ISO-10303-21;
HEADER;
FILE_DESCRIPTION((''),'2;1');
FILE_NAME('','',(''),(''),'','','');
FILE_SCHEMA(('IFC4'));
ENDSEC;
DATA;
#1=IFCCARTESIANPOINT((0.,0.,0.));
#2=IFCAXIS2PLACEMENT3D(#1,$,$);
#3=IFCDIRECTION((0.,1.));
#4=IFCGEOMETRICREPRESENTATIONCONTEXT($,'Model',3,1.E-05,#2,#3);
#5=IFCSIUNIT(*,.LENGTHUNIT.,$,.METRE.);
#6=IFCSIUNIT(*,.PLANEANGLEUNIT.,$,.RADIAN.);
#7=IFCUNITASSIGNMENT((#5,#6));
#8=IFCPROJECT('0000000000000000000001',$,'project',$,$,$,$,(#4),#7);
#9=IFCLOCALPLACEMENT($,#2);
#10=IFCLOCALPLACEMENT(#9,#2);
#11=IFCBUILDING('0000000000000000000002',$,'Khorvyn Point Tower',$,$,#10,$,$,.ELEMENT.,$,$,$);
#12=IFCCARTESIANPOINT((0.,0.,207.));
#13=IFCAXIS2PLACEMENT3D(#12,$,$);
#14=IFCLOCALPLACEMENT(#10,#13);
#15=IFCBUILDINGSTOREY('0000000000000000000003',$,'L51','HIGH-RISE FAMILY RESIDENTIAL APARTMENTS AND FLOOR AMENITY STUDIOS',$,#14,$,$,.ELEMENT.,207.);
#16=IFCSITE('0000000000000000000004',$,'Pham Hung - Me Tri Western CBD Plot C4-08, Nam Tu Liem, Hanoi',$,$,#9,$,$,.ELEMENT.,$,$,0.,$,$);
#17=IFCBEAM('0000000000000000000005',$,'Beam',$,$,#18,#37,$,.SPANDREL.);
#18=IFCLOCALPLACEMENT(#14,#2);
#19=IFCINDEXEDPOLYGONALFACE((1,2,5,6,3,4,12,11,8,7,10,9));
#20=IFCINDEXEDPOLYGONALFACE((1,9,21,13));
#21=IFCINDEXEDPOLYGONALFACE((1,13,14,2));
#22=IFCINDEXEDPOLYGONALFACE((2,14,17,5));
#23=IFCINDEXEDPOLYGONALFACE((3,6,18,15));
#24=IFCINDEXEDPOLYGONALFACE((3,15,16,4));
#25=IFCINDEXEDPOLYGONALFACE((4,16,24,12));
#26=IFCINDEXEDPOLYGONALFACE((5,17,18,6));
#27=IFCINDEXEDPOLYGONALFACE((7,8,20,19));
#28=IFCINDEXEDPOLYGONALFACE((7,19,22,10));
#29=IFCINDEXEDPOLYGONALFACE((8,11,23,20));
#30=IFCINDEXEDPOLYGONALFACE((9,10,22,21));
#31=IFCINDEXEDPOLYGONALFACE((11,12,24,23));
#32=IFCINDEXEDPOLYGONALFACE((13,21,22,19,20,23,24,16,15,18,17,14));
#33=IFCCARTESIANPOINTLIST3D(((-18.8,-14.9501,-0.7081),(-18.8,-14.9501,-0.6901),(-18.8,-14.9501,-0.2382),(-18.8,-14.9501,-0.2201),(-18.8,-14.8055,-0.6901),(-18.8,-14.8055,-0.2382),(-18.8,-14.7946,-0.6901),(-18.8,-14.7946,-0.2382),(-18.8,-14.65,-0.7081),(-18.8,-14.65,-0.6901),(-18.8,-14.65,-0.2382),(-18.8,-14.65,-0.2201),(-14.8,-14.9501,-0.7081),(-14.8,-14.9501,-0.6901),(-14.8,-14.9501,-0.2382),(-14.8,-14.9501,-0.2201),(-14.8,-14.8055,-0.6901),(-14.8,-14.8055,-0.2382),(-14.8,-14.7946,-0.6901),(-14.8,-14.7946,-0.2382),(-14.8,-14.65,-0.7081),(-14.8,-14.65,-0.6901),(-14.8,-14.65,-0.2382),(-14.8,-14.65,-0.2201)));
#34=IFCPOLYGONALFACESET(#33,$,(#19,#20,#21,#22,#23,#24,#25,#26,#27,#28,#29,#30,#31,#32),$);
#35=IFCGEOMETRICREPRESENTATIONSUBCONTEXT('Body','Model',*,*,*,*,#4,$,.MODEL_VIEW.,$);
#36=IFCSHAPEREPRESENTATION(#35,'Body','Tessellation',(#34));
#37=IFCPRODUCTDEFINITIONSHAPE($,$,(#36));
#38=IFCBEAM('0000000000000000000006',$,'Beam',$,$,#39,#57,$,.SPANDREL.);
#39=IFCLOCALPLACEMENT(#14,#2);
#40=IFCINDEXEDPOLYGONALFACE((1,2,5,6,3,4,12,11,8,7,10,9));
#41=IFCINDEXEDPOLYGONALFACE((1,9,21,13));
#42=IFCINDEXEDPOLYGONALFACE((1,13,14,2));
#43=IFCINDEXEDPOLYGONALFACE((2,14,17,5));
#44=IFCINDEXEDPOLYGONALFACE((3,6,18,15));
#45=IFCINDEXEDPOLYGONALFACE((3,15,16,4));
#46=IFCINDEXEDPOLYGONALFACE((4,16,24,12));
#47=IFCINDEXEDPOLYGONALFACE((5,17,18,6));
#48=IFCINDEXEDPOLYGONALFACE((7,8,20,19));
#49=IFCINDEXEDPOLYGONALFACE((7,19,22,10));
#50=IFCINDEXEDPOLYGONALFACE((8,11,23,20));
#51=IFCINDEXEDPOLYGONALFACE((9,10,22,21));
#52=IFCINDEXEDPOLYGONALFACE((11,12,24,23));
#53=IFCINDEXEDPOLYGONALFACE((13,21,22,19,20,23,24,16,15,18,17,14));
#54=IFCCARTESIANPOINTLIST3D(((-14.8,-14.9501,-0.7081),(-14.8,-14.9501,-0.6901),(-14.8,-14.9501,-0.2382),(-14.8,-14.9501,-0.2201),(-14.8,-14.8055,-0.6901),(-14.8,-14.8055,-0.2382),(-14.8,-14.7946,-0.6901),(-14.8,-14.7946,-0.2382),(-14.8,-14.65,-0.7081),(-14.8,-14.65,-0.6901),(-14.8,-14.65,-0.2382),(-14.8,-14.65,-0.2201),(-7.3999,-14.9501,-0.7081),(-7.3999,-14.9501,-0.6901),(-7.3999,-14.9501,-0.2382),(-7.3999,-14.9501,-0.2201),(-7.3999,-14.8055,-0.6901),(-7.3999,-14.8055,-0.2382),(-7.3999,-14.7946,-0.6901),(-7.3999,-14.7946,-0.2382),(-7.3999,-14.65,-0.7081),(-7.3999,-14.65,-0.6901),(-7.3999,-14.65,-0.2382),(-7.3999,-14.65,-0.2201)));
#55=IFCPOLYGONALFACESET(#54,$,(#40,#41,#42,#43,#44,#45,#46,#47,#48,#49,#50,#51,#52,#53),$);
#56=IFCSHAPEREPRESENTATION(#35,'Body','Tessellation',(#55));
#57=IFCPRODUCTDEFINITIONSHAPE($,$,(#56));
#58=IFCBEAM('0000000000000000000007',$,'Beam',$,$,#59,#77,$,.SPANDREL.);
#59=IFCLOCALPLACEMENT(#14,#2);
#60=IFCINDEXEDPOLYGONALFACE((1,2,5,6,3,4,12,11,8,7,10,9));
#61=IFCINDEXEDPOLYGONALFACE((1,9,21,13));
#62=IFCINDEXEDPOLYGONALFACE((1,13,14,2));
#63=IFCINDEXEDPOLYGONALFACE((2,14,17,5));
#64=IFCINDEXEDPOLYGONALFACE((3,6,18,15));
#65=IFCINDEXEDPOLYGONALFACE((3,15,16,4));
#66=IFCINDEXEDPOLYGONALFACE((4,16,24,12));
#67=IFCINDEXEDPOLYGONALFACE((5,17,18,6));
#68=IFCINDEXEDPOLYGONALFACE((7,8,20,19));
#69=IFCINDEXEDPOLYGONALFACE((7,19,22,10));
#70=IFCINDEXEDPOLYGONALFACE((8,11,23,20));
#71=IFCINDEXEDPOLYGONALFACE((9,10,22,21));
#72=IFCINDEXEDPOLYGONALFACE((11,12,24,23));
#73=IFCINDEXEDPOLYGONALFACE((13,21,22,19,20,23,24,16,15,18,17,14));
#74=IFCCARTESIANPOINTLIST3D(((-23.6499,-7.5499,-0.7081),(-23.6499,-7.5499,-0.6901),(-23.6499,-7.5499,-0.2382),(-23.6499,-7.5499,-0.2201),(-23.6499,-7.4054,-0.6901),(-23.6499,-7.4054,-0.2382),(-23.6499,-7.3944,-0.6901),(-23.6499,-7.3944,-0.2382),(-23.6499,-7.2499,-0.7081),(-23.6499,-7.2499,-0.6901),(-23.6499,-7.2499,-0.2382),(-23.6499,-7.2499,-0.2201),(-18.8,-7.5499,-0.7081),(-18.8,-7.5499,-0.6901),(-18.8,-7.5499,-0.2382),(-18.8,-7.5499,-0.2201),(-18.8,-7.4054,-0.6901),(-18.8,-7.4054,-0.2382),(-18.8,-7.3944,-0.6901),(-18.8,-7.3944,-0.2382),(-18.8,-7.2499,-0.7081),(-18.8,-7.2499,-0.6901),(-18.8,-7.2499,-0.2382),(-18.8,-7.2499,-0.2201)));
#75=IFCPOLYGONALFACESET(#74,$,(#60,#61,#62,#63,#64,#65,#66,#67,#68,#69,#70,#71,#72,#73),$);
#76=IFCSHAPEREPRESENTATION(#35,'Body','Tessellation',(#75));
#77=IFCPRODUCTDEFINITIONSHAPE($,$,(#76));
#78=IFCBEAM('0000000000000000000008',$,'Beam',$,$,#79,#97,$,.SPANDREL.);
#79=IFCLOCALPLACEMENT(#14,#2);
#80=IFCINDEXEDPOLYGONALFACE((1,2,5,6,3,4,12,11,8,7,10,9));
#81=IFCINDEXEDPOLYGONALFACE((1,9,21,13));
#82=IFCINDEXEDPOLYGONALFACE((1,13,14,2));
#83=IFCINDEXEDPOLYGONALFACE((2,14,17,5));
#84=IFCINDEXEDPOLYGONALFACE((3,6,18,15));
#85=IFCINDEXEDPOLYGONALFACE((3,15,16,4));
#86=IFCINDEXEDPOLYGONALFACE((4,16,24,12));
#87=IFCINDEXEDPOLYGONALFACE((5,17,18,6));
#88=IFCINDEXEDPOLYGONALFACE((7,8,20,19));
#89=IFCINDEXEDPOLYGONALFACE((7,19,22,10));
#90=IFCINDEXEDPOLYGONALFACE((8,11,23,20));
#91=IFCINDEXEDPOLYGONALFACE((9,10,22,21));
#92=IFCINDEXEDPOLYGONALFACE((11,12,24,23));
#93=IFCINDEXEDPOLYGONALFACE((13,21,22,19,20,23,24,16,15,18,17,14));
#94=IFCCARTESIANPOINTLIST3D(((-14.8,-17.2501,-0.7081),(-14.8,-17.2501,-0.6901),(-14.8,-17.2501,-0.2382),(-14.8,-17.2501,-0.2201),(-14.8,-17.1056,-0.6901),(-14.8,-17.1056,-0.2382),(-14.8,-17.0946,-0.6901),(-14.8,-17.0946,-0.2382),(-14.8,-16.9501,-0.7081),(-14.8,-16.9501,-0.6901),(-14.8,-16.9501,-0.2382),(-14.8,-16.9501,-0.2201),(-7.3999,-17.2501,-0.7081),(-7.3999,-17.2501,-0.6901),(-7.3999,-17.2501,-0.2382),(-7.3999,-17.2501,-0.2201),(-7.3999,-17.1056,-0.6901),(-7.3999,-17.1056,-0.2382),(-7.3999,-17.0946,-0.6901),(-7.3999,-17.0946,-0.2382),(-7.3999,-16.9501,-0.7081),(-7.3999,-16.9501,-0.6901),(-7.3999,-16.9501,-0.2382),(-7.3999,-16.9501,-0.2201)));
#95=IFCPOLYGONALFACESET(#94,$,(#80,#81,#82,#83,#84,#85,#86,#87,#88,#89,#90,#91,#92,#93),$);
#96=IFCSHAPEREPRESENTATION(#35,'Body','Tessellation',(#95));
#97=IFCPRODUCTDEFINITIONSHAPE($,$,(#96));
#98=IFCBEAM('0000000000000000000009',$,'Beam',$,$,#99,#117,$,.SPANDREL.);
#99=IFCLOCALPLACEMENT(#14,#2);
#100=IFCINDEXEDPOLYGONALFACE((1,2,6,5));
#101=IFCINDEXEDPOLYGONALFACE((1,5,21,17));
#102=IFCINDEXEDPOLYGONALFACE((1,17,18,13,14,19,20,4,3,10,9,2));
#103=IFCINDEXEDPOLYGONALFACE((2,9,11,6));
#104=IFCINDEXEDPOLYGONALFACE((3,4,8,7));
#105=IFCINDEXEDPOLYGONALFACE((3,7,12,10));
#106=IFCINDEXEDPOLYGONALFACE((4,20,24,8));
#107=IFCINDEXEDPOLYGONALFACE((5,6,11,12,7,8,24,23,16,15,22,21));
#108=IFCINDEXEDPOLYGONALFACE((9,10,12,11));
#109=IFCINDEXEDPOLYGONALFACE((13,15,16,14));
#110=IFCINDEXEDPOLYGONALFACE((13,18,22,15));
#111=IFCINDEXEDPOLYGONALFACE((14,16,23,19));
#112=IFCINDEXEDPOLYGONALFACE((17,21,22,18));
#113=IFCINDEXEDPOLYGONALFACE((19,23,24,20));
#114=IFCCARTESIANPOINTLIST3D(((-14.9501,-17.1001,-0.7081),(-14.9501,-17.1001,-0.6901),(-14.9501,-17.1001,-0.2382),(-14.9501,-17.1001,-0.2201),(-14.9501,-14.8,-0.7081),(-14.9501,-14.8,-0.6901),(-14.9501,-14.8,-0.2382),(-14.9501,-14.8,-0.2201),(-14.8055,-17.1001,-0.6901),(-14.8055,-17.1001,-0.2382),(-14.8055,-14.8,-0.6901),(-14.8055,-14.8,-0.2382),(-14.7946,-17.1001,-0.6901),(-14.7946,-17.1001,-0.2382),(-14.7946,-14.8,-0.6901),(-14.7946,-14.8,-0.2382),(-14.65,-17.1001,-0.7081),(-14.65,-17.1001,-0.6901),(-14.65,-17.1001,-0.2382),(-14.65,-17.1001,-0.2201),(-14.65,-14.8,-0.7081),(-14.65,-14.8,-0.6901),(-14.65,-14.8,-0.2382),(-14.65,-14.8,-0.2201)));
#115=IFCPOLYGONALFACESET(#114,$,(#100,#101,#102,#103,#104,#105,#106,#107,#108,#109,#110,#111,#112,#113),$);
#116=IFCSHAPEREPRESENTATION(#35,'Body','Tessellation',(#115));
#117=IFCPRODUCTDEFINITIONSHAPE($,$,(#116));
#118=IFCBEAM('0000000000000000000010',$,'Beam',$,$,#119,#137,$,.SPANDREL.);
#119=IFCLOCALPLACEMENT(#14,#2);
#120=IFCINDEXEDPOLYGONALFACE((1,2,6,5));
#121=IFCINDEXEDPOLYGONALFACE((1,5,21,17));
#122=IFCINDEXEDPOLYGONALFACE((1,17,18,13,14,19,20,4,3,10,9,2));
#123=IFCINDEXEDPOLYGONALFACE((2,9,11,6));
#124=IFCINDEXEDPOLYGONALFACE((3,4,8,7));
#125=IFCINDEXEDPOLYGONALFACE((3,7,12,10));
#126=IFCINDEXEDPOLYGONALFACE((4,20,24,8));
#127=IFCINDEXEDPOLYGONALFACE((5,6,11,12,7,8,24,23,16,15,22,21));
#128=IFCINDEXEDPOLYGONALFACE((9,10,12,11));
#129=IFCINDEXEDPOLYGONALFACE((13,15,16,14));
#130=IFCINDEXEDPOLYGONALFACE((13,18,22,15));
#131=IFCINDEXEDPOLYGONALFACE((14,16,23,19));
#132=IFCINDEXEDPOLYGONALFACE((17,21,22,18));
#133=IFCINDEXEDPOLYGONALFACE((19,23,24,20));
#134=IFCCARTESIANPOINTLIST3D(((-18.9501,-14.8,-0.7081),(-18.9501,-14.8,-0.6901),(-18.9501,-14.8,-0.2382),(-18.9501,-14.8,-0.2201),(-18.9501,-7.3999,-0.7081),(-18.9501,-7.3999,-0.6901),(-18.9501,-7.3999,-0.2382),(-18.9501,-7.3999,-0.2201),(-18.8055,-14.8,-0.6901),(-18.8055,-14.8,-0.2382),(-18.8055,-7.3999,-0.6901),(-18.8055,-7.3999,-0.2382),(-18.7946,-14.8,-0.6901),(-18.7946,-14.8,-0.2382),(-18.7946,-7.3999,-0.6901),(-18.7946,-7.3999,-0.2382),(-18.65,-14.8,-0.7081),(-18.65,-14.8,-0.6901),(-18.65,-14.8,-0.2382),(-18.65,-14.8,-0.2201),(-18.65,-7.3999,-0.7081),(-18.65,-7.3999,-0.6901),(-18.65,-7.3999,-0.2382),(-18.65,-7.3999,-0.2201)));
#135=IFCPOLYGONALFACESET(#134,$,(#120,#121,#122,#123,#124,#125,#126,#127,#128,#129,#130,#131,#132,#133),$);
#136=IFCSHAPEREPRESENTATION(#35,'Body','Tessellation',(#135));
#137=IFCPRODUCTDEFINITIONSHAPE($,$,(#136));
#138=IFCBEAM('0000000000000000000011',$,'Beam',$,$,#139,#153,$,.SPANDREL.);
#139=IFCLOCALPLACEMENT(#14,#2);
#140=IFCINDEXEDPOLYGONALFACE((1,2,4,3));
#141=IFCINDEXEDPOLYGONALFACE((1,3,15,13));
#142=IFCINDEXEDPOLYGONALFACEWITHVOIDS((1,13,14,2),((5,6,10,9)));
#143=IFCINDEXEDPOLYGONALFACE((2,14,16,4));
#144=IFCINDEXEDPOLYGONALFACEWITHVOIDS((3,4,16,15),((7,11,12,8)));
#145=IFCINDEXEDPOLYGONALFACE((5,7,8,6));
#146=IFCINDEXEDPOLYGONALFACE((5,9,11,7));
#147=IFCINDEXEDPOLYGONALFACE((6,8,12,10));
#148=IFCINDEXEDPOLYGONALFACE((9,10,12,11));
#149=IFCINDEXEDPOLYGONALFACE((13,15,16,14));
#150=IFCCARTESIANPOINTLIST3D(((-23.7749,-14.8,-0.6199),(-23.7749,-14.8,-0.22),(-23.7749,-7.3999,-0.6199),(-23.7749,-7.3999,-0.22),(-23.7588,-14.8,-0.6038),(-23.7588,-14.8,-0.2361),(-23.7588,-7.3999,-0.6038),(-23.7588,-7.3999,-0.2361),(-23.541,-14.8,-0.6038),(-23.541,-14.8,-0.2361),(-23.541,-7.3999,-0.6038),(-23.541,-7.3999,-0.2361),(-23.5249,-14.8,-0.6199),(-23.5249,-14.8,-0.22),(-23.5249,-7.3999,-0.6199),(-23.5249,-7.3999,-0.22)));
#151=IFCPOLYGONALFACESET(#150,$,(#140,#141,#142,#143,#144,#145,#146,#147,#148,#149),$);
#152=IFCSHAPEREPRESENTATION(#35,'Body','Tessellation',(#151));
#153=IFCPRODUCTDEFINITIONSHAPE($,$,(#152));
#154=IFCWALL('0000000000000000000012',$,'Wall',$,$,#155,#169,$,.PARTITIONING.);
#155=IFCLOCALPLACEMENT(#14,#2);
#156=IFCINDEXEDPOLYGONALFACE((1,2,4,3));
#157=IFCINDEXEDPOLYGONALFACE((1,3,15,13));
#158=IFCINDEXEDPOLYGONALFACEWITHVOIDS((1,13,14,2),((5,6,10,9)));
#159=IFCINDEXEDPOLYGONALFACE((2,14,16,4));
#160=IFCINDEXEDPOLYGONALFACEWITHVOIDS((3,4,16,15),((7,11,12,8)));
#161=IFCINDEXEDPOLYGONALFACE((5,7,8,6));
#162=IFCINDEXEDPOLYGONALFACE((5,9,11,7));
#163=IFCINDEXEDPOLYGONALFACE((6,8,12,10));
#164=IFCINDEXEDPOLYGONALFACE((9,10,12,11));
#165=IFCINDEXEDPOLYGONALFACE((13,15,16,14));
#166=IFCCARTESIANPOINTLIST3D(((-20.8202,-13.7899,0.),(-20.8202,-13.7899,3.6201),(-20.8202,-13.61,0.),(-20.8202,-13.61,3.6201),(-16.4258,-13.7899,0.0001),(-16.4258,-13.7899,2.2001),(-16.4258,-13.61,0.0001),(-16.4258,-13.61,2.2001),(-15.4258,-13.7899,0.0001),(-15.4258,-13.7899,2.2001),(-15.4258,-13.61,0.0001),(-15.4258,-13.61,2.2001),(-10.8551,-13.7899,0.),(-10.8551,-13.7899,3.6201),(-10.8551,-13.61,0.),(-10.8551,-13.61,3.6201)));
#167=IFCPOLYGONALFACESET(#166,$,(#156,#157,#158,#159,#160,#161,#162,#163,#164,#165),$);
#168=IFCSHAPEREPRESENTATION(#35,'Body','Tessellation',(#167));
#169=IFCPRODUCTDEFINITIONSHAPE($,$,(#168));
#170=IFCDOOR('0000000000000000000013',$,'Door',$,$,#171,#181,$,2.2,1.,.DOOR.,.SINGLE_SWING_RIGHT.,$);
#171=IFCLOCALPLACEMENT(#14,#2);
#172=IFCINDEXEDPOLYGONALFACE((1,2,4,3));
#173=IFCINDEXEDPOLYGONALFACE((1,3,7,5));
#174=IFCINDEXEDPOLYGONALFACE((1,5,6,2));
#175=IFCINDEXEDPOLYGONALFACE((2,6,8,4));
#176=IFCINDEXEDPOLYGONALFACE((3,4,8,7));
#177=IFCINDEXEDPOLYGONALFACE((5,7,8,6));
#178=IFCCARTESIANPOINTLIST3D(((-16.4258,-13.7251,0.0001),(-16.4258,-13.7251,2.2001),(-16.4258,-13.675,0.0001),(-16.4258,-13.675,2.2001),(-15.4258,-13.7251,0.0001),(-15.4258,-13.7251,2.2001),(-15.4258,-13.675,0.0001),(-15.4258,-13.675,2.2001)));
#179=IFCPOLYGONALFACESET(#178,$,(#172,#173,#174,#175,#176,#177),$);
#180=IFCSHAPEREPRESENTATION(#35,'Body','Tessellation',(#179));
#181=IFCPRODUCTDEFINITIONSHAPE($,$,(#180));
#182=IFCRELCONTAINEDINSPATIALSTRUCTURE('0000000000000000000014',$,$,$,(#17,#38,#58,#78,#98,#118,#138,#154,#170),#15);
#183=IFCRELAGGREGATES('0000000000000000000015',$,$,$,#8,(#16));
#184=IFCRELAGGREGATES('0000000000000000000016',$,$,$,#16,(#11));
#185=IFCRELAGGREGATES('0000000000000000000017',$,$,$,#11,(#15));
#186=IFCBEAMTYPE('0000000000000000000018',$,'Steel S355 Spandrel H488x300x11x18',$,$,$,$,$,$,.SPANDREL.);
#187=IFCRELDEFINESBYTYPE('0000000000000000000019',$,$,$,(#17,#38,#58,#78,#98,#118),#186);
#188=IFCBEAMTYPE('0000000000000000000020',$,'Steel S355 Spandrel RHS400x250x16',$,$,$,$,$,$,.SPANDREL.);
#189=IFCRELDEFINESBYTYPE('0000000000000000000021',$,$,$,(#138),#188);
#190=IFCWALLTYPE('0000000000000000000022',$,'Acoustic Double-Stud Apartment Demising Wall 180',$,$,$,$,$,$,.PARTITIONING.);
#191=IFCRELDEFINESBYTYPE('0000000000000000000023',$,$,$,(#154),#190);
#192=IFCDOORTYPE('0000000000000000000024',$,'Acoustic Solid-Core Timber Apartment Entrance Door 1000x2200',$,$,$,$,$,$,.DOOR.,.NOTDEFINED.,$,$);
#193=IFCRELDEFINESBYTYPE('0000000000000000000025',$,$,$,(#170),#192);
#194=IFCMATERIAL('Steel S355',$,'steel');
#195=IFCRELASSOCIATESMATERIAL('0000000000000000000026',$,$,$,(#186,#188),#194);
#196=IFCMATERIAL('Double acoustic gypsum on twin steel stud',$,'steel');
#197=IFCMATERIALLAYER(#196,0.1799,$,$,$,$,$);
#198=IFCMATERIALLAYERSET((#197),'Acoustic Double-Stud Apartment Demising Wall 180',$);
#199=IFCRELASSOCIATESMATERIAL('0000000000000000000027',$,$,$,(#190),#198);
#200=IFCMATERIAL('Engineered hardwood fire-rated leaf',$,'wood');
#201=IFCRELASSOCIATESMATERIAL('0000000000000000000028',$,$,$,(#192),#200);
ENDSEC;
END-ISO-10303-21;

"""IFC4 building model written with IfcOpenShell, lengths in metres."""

from ifc_helpers import new_model, si_unit, direction, frame, frame_2d, origin, origin_2d, place, context, subcontext, project, spatial, rectangle, hollow_rectangle, i_section, extrude, material, layer, layer_set, material_profile, profile_set, type_object, element, fill, save


model = new_model("IFC4")

# Units and contexts
model_context = context("Model", 3, precision=1e-05, world=origin(), true_north=direction((0.0, 1.0)))
body_context = subcontext(model_context, "Body", "Model", "MODEL_VIEW")
ifc_project = project(units=[si_unit("LENGTHUNIT", "METRE"), si_unit("PLANEANGLEUNIT", "RADIAN")], contexts=[model_context])

# Site, building, storey
site_placement = place(None, origin())
site = spatial("IfcSite", under=ifc_project, at=site_placement, Name="Pham Hung - Me Tri Western CBD Plot C4-08, Nam Tu Liem, Hanoi", CompositionType="ELEMENT", RefElevation=0.0)
building_placement = place(site_placement, origin())
building = spatial("IfcBuilding", under=site, at=building_placement, Name="Khorvyn Point Tower", CompositionType="ELEMENT")
storey_placement = place(building_placement, frame((0.0, 0.0, 207.0)))
storey = spatial("IfcBuildingStorey", under=building, at=storey_placement, Name="L51", Description="HIGH-RISE FAMILY RESIDENTIAL APARTMENTS AND FLOOR AMENITY STUDIOS", CompositionType="ELEMENT", Elevation=207.0)

# Beams
ifc_material_1 = material(Name="Steel S355", Category="steel")
ifc_material_profile_1 = material_profile(ifc_material_1, i_section(OverallWidth=0.3, OverallDepth=0.488, WebThickness=0.011, FlangeThickness=0.0181, at=origin_2d()))
ifc_profile_set_1 = profile_set([ifc_material_profile_1], Name="Steel S355 H488x300x11x18")
beam_type_1 = type_object("IfcBeamType", Name="Steel S355 Spandrel H488x300x11x18", PredefinedType="SPANDREL", material=ifc_profile_set_1)
beam_1_placement = place(storey_placement, frame((-18.8, -14.8, -0.4641), z_axis=(1.0, 0.0, 0.0), x_axis=(0.0, 1.0, 0.0)))
element("IfcBeam", 1, at=beam_1_placement, inside=storey, type_object=beam_type_1, Name="Beam", PredefinedType="SPANDREL", context=body_context, shape_type="SweptSolid", body=[
    extrude(i_section(OverallWidth=0.3, OverallDepth=0.488, WebThickness=0.011, FlangeThickness=0.0181, at=origin_2d()), origin(), (0.0, 0.0, 1.0), 4.0),
])
beam_2_placement = place(storey_placement, frame((-14.8, -14.8, -0.4641), z_axis=(1.0, 0.0, 0.0), x_axis=(0.0, 1.0, 0.0)))
element("IfcBeam", 2, at=beam_2_placement, inside=storey, type_object=beam_type_1, Name="Beam", PredefinedType="SPANDREL", context=body_context, shape_type="SweptSolid", body=[
    extrude(i_section(OverallWidth=0.3, OverallDepth=0.488, WebThickness=0.011, FlangeThickness=0.0181, at=origin_2d()), origin(), (0.0, 0.0, 1.0), 7.4001),
])
beam_3_placement = place(storey_placement, frame((-23.6499, -7.3999, -0.4641), z_axis=(1.0, 0.0, 0.0), x_axis=(0.0, 1.0, 0.0)))
element("IfcBeam", 3, at=beam_3_placement, inside=storey, type_object=beam_type_1, Name="Beam", PredefinedType="SPANDREL", context=body_context, shape_type="SweptSolid", body=[
    extrude(i_section(OverallWidth=0.3, OverallDepth=0.488, WebThickness=0.011, FlangeThickness=0.0181, at=origin_2d()), origin(), (0.0, 0.0, 1.0), 4.8499),
])
beam_4_placement = place(storey_placement, frame((-14.8, -17.1001, -0.4641), z_axis=(1.0, 0.0, 0.0), x_axis=(0.0, 1.0, 0.0)))
element("IfcBeam", 4, at=beam_4_placement, inside=storey, type_object=beam_type_1, Name="Beam", PredefinedType="SPANDREL", context=body_context, shape_type="SweptSolid", body=[
    extrude(i_section(OverallWidth=0.3, OverallDepth=0.488, WebThickness=0.011, FlangeThickness=0.0181, at=origin_2d()), origin(), (0.0, 0.0, 1.0), 7.4001),
])
beam_5_placement = place(storey_placement, frame((-14.8, -17.1001, -0.4641), z_axis=(0.0, 1.0, 0.0), x_axis=(-1.0, 0.0, 0.0)))
element("IfcBeam", 5, at=beam_5_placement, inside=storey, type_object=beam_type_1, Name="Beam", PredefinedType="SPANDREL", context=body_context, shape_type="SweptSolid", body=[
    extrude(i_section(OverallWidth=0.3, OverallDepth=0.488, WebThickness=0.011, FlangeThickness=0.0181, at=origin_2d()), origin(), (0.0, 0.0, 1.0), 2.3),
])
beam_6_placement = place(storey_placement, frame((-18.8, -14.8, -0.4641), z_axis=(0.0, 1.0, 0.0), x_axis=(-1.0, 0.0, 0.0)))
element("IfcBeam", 6, at=beam_6_placement, inside=storey, type_object=beam_type_1, Name="Beam", PredefinedType="SPANDREL", context=body_context, shape_type="SweptSolid", body=[
    extrude(i_section(OverallWidth=0.3, OverallDepth=0.488, WebThickness=0.011, FlangeThickness=0.0181, at=origin_2d()), origin(), (0.0, 0.0, 1.0), 7.4001),
])
ifc_material_profile_2 = material_profile(ifc_material_1, hollow_rectangle(XDim=0.25, YDim=0.3999, WallThickness=0.0161, at=origin_2d()))
ifc_profile_set_2 = profile_set([ifc_material_profile_2], Name="Steel S355 RHS400x250x16")
beam_type_2 = type_object("IfcBeamType", Name="Steel S355 Spandrel RHS400x250x16", PredefinedType="SPANDREL", material=ifc_profile_set_2)
beam_7_placement = place(storey_placement, frame((-23.6499, -14.8, -0.4199), z_axis=(0.0, 1.0, 0.0), x_axis=(-1.0, 0.0, 0.0)))
element("IfcBeam", 7, at=beam_7_placement, inside=storey, type_object=beam_type_2, Name="Beam", PredefinedType="SPANDREL", context=body_context, shape_type="SweptSolid", body=[
    extrude(hollow_rectangle(XDim=0.25, YDim=0.3999, WallThickness=0.0161, at=origin_2d()), origin(), (0.0, 0.0, 1.0), 7.4001),
])

# Wall, opening, door
ifc_material_2 = material(Name="Double acoustic gypsum on twin steel stud", Category="steel")
ifc_layer_1 = layer(ifc_material_2, 0.1799)
ifc_layer_set_1 = layer_set([ifc_layer_1], Name="Acoustic Double-Stud Apartment Demising Wall 180")
wall_type_1 = type_object("IfcWallType", Name="Acoustic Double-Stud Apartment Demising Wall 180", PredefinedType="PARTITIONING", material=ifc_layer_set_1)
wall_1_placement = place(storey_placement, frame((-20.8201, -13.7, 0.0), z_axis=(0.0, 0.0, 1.0), x_axis=(1.0, 0.0, 0.0)))
wall_1 = element("IfcWall", 8, at=wall_1_placement, inside=storey, type_object=wall_type_1, Name="Wall", PredefinedType="PARTITIONING", context=body_context, shape_type="SweptSolid", body=[
    extrude(rectangle(XDim=9.9651, YDim=0.1799, at=frame_2d((4.9824, 0.0))), origin(), (0.0, 0.0, 1.0), 3.6201),
])
opening_1_placement = place(wall_1_placement, frame((4.3943, 0.0, 0.0)))
opening_1 = element("IfcOpeningElement", 9, at=opening_1_placement, cuts=wall_1, PredefinedType="OPENING", context=body_context, shape_type="SweptSolid", body=[
    extrude(rectangle(XDim=1.0, YDim=2.2, at=frame_2d((0.5, 1.1001))), frame((0.0, 0.0999, 0.0), z_axis=(0.0, -1.0, 0.0), x_axis=(1.0, 0.0, 0.0)), (0.0, 0.0, 1.0), 0.2),
])
ifc_material_3 = material(Name="Engineered hardwood fire-rated leaf", Category="wood")
door_type_1 = type_object("IfcDoorType", Name="Acoustic Solid-Core Timber Apartment Entrance Door 1000x2200", OperationType="NOTDEFINED", PredefinedType="DOOR", material=ifc_material_3)
door_1_placement = place(opening_1_placement, origin())
door_1 = element("IfcDoor", 10, at=door_1_placement, inside=storey, type_object=door_type_1, Name="Door", OperationType="SINGLE_SWING_RIGHT", OverallHeight=2.2, OverallWidth=1.0, PredefinedType="DOOR", context=body_context, shape_type="SweptSolid", body=[
    extrude(rectangle(XDim=1.0, YDim=2.2, at=frame_2d((0.5, 1.1001))), frame((0.0, 0.0249, 0.0), z_axis=(0.0, -1.0, 0.0), x_axis=(1.0, 0.0, 0.0)), (0.0, 0.0, 1.0), 0.05),
])
fill(opening_1, door_1)

save(model, "model.ifc")
